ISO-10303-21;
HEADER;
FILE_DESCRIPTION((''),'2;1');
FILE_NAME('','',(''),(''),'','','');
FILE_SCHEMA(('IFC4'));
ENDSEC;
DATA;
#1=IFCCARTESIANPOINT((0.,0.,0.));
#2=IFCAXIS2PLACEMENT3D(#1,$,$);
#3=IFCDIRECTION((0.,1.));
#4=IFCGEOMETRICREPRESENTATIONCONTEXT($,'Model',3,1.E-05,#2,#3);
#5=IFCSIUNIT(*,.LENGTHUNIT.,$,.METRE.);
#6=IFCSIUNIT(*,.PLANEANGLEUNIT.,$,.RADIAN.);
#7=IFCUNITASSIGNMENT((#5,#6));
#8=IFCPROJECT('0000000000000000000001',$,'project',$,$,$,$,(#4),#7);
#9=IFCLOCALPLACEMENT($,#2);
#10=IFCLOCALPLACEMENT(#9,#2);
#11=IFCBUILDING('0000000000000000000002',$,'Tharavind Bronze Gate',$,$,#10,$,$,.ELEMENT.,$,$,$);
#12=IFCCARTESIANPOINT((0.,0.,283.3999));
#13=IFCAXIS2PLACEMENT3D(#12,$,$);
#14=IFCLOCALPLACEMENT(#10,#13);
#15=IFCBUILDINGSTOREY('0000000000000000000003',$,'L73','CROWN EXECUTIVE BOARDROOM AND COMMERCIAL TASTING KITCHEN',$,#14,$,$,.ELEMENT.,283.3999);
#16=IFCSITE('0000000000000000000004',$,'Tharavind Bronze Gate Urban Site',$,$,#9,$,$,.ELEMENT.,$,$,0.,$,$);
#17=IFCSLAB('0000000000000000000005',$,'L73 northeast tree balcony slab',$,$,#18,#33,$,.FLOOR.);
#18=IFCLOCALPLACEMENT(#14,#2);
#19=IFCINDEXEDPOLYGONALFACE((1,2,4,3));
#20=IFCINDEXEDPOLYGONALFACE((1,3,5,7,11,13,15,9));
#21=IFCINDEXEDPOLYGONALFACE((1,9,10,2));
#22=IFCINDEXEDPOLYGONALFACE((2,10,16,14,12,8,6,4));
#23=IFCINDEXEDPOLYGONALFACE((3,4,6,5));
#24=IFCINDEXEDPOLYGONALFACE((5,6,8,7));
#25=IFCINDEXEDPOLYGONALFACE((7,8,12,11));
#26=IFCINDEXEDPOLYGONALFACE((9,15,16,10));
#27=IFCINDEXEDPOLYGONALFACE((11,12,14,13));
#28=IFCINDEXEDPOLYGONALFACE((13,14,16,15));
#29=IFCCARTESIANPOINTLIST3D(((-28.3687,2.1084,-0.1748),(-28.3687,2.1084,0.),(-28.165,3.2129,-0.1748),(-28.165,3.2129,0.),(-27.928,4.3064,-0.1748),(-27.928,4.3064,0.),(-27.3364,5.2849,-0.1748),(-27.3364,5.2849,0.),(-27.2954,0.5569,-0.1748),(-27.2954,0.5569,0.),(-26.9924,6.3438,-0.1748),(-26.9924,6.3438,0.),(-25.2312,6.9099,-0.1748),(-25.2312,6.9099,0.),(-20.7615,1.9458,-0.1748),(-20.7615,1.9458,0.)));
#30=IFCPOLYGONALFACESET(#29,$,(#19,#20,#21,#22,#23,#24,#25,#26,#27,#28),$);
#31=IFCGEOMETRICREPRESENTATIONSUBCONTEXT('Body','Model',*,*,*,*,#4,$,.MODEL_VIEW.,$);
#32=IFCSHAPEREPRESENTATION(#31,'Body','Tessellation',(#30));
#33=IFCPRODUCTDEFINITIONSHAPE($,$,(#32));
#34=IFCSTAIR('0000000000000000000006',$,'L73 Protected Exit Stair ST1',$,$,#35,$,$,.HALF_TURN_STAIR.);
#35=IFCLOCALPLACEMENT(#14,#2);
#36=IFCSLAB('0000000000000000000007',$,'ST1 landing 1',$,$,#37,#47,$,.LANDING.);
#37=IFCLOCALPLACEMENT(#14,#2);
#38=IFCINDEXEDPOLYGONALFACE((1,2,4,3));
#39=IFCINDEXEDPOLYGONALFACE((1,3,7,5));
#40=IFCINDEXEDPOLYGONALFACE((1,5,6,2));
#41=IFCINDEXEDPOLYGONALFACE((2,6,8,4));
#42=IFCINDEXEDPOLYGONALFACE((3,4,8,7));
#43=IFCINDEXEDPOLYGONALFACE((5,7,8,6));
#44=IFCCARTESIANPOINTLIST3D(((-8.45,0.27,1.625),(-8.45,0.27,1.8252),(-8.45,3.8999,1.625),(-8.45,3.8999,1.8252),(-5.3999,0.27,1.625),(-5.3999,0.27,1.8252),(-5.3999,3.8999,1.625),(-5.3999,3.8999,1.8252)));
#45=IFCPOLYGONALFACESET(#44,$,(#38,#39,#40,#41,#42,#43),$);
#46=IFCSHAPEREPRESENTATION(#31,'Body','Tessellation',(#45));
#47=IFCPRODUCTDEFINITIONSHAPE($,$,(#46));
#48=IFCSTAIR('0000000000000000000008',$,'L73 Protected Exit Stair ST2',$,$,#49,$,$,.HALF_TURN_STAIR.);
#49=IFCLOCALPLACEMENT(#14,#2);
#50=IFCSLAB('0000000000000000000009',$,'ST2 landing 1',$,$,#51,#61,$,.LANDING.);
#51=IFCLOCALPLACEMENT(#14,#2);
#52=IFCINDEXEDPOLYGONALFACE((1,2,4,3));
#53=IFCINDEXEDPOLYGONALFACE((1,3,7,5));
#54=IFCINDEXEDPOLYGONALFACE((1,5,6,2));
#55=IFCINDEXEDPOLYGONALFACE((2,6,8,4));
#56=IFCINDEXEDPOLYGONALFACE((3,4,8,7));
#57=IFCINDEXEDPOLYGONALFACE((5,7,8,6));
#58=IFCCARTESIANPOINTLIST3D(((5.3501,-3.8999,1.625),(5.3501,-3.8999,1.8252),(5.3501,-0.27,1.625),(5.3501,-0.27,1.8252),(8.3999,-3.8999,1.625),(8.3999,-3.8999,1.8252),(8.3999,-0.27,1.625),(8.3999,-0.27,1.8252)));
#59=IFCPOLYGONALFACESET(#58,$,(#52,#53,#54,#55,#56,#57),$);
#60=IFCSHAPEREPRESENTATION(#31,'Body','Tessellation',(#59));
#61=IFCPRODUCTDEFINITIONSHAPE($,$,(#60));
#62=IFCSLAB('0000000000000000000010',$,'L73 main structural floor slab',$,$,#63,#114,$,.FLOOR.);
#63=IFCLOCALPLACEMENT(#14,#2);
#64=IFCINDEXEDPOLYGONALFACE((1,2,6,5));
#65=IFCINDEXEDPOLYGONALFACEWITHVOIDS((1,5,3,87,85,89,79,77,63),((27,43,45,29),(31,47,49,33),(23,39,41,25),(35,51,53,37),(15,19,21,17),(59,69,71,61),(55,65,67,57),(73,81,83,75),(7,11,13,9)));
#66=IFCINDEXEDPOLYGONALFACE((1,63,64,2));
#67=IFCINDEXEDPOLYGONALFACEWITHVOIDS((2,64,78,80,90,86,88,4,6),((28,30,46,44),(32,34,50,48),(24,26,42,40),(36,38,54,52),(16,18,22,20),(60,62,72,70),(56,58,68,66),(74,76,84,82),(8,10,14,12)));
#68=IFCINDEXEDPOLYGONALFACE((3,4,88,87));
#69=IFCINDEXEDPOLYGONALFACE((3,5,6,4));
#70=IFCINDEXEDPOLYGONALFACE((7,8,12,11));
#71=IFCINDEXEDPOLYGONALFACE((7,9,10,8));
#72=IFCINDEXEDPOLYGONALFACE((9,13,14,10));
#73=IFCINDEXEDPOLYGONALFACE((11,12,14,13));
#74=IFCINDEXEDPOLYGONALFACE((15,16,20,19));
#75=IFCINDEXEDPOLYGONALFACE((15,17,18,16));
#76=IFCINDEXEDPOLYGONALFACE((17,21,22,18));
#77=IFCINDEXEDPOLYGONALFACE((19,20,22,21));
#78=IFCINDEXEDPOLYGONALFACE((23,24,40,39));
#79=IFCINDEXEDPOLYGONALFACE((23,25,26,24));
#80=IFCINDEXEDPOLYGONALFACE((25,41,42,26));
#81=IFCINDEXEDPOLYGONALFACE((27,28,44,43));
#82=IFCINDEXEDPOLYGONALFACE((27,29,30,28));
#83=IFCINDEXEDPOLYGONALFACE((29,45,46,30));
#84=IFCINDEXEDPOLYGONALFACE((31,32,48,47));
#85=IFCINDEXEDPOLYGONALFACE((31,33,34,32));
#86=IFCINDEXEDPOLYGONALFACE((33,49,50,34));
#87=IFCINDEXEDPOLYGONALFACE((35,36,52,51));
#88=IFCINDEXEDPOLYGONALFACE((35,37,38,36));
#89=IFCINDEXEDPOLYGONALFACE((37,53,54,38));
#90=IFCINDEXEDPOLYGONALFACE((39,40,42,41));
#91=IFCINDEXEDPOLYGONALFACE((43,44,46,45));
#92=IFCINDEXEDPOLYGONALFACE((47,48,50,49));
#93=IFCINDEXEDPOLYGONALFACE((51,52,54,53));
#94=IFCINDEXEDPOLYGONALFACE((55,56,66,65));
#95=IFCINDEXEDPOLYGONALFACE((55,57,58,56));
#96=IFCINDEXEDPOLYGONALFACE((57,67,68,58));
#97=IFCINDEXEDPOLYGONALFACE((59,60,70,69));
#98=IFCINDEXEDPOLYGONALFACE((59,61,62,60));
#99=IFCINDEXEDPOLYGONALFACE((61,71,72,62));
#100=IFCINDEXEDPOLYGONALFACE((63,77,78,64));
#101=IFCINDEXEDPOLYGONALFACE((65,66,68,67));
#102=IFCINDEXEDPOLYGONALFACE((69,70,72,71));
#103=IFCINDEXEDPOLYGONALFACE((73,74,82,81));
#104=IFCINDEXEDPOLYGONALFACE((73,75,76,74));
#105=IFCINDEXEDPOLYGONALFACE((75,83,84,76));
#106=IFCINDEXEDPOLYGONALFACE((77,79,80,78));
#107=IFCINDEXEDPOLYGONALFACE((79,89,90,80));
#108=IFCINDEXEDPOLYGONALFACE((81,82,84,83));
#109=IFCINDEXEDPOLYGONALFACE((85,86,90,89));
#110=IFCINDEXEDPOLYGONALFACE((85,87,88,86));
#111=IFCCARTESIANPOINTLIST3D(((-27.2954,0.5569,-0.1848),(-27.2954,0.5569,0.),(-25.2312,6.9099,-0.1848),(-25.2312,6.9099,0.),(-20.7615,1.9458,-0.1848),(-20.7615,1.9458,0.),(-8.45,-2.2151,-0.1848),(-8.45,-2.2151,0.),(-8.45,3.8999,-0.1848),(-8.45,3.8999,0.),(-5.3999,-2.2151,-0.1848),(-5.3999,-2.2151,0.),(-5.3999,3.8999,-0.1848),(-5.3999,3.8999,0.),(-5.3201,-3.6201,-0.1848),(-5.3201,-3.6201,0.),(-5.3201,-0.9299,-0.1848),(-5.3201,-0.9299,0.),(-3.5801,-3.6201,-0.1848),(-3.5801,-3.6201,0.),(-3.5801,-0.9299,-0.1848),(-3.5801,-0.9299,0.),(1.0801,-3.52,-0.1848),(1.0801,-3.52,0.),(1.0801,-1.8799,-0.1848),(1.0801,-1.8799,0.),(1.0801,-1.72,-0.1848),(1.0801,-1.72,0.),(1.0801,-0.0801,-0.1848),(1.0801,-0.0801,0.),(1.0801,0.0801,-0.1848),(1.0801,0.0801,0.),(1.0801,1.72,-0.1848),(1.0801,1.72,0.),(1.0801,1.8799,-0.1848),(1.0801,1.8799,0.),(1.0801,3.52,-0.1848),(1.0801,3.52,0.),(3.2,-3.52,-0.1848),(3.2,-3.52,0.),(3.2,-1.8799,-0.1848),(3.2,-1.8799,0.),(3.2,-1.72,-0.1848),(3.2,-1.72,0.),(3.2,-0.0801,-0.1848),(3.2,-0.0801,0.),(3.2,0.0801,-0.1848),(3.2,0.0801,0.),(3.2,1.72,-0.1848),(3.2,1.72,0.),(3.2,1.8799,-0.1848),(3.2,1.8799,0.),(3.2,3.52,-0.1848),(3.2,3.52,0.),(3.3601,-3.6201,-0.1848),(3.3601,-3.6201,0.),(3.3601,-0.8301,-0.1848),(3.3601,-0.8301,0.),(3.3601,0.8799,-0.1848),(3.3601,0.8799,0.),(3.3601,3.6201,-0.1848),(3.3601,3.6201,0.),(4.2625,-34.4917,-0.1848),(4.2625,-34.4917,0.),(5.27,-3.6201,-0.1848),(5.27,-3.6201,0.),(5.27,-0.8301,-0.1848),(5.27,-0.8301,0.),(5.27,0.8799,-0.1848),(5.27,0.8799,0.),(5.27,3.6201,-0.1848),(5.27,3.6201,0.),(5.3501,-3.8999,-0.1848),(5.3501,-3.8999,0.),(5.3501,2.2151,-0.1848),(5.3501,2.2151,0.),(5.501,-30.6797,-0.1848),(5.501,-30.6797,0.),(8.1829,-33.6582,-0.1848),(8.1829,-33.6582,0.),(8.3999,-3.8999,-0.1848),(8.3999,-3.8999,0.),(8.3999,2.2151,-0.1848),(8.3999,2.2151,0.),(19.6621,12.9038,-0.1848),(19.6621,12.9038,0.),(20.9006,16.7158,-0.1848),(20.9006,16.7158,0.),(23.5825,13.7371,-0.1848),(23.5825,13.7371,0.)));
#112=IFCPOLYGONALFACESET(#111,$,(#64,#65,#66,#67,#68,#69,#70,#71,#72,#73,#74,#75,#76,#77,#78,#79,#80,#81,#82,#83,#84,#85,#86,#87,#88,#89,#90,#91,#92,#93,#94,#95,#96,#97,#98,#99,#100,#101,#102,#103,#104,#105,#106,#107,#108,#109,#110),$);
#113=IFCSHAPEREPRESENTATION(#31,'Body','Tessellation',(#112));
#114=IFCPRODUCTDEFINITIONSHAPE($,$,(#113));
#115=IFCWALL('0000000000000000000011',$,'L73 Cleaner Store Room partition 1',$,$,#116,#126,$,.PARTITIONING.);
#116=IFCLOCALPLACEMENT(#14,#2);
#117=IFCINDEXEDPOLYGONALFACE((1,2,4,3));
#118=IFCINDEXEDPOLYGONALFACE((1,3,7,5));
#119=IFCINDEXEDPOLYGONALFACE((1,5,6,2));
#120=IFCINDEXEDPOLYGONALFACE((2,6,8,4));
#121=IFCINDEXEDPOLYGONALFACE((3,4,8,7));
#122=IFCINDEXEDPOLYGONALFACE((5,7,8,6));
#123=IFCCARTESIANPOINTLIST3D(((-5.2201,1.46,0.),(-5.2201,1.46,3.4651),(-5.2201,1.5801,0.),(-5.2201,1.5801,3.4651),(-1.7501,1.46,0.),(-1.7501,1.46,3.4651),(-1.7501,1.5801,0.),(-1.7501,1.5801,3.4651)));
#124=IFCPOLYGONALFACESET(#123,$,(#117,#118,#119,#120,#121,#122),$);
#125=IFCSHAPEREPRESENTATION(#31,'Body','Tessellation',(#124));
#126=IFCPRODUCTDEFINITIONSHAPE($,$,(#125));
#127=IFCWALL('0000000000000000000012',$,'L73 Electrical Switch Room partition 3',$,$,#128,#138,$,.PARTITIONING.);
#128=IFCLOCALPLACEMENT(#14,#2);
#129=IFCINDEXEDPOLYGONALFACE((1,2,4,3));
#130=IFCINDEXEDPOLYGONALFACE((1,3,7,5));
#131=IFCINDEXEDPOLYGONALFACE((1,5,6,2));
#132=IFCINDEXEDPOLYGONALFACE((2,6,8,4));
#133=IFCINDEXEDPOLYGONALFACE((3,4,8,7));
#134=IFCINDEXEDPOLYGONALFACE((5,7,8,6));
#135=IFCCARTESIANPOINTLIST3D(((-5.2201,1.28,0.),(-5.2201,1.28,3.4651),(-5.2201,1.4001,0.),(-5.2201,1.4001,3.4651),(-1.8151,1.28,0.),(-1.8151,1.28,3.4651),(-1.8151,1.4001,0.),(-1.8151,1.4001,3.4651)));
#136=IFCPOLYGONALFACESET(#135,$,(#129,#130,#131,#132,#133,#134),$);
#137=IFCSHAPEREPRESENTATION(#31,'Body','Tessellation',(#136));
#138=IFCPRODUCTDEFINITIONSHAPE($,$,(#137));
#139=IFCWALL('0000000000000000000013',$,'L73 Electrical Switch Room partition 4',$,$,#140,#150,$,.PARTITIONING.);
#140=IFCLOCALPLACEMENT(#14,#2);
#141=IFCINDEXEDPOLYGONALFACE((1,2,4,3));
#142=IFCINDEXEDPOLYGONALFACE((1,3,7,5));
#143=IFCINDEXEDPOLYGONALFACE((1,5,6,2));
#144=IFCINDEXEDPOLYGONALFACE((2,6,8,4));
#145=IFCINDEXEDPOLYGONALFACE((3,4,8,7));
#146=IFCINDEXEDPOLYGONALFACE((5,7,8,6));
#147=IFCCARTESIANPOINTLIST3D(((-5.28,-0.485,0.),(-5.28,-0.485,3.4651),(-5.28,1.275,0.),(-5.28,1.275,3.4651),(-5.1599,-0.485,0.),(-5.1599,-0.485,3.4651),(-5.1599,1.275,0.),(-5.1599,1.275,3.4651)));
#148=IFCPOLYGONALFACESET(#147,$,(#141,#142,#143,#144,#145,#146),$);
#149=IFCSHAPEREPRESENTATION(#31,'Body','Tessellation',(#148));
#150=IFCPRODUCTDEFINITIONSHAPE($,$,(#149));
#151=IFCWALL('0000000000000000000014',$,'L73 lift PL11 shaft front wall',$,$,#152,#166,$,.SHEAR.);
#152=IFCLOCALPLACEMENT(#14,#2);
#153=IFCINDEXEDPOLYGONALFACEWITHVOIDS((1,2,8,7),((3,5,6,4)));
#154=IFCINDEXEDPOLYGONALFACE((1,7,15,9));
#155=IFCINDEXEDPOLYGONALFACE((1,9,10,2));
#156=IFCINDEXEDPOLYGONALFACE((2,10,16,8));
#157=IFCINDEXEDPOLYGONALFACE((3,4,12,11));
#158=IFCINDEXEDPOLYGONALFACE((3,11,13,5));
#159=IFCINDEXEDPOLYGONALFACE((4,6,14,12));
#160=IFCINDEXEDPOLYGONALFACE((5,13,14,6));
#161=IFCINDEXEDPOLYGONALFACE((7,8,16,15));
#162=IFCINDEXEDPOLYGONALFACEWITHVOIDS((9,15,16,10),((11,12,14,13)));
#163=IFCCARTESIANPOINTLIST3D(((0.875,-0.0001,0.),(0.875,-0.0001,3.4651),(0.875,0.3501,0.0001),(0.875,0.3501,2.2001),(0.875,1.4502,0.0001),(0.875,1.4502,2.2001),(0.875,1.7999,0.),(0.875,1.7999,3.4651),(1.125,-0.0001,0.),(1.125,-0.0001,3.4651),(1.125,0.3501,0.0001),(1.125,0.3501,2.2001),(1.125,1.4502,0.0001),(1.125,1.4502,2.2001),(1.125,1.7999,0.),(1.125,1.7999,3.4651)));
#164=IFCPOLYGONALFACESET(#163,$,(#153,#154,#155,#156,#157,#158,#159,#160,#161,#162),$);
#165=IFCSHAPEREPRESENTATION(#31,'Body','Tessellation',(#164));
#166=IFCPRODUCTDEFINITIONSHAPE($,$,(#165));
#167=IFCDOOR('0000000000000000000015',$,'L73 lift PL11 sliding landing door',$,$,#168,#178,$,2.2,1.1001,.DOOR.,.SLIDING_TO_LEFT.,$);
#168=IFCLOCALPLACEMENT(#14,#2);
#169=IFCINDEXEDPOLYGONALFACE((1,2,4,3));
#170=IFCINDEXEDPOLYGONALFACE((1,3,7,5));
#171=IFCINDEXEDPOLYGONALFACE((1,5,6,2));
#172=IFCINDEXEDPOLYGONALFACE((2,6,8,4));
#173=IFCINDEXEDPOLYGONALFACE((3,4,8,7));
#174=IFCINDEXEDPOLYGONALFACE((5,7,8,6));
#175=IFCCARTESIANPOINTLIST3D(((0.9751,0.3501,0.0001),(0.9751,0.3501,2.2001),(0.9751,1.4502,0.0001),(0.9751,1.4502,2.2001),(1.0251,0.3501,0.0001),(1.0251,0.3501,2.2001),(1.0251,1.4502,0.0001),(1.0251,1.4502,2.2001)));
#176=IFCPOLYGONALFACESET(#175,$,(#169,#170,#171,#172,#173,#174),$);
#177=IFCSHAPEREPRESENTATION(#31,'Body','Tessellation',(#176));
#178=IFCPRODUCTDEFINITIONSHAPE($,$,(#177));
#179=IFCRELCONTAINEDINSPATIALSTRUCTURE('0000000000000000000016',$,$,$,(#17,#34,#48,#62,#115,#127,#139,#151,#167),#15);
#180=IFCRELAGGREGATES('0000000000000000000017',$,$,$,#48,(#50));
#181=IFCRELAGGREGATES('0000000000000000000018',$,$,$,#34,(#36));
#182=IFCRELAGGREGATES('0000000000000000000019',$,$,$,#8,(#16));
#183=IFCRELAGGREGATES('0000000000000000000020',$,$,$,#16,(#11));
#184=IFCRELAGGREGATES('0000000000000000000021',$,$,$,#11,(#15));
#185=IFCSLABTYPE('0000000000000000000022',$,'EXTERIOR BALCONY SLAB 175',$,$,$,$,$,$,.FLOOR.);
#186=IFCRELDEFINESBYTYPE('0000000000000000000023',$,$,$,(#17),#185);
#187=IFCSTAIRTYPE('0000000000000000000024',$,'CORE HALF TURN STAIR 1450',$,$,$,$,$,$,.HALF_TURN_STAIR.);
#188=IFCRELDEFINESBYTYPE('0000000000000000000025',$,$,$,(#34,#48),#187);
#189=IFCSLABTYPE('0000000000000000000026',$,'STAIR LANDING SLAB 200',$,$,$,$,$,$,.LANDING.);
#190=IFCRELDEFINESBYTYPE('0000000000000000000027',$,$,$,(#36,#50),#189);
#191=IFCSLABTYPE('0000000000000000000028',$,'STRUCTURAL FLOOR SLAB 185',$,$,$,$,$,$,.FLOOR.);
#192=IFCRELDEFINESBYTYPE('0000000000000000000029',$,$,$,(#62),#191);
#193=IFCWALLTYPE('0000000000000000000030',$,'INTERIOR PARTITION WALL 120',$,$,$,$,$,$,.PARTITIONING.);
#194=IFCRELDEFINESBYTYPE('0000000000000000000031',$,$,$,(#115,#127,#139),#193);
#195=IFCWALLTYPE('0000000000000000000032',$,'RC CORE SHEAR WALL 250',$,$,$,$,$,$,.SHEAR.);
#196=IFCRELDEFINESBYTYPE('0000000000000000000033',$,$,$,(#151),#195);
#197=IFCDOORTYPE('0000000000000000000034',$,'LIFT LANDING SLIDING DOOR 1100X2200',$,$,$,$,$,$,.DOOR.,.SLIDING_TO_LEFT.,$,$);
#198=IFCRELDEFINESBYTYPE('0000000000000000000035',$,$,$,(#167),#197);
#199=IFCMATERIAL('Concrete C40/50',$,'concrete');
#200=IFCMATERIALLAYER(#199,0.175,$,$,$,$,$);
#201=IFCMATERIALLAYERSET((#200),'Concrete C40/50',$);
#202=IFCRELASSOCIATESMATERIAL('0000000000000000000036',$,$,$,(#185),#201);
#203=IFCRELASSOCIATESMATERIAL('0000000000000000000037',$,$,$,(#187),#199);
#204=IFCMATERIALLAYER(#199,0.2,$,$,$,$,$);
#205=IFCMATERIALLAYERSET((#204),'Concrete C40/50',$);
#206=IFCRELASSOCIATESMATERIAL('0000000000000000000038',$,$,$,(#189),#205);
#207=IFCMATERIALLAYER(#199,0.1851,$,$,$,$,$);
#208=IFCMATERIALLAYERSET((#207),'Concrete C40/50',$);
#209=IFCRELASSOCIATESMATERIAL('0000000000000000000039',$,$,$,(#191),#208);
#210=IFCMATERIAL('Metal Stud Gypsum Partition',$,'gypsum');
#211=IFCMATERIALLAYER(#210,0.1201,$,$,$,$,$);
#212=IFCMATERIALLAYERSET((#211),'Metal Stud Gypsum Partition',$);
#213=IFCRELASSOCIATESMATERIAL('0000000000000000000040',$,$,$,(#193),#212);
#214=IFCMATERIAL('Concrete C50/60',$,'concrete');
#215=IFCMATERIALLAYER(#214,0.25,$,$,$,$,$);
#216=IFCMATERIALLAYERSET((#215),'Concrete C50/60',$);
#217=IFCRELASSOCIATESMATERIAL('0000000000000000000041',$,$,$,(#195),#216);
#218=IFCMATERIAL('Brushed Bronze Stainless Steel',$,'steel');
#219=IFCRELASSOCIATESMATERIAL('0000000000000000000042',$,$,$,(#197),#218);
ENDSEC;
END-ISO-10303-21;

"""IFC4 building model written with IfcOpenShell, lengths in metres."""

from ifc_helpers import new_model, si_unit, direction, frame, frame_2d, origin, place, context, subcontext, project, spatial, polyline, rectangle, outline, extrude, material, layer, layer_set, type_object, element, fill, aggregate, save


model = new_model("IFC4")

# Units and contexts
model_context = context("Model", 3, precision=1e-05, world=origin(), true_north=direction((0.0, 1.0)))
body_context = subcontext(model_context, "Body", "Model", "MODEL_VIEW")
ifc_project = project(units=[si_unit("LENGTHUNIT", "METRE"), si_unit("PLANEANGLEUNIT", "RADIAN")], contexts=[model_context])

# Site, building, storey
site_placement = place(None, origin())
site = spatial("IfcSite", under=ifc_project, at=site_placement, Name="Tharavind Bronze Gate Urban Site", CompositionType="ELEMENT", RefElevation=0.0)
building_placement = place(site_placement, origin())
building = spatial("IfcBuilding", under=site, at=building_placement, Name="Tharavind Bronze Gate", CompositionType="ELEMENT")
storey_placement = place(building_placement, frame((0.0, 0.0, 283.3999)))
storey = spatial("IfcBuildingStorey", under=building, at=storey_placement, Name="L73", Description="CROWN EXECUTIVE BOARDROOM AND COMMERCIAL TASTING KITCHEN", CompositionType="ELEMENT", Elevation=283.3999)

# Slab
ifc_material_1 = material(Name="Concrete C40/50", Category="concrete")
ifc_layer_1 = layer(ifc_material_1, 0.175)
ifc_layer_set_1 = layer_set([ifc_layer_1], Name="Concrete C40/50")
slab_type_1 = type_object("IfcSlabType", Name="EXTERIOR BALCONY SLAB 175", PredefinedType="FLOOR", material=ifc_layer_set_1)
slab_1_placement = place(storey_placement, frame((0.0, 0.0, -0.1748)))
element("IfcSlab", 1, at=slab_1_placement, inside=storey, type_object=slab_type_1, Name="L73 northeast tree balcony slab", PredefinedType="FLOOR", context=body_context, shape_type="SweptSolid", body=[
    extrude(outline(polyline([(-26.9924, 6.3438), (-27.3364, 5.2849), (-27.928, 4.3064), (-28.165, 3.2129), (-28.3687, 2.1084), (-27.2954, 0.5569), (-20.7615, 1.9458), (-25.2312, 6.9099), (-26.9924, 6.3438)])), origin(), (0.0, 0.0, 1.0), 0.1748),
])

# Stairs, slabs
stair_type = type_object("IfcStairType", Name="CORE HALF TURN STAIR 1450", PredefinedType="HALF_TURN_STAIR", material=ifc_material_1)
stair_1_placement = place(storey_placement, origin())
stair_1 = element("IfcStair", 2, at=stair_1_placement, inside=storey, type_object=stair_type, Name="L73 Protected Exit Stair ST1", PredefinedType="HALF_TURN_STAIR")
ifc_layer_2 = layer(ifc_material_1, 0.2)
ifc_layer_set_2 = layer_set([ifc_layer_2], Name="Concrete C40/50")
slab_type_2 = type_object("IfcSlabType", Name="STAIR LANDING SLAB 200", PredefinedType="LANDING", material=ifc_layer_set_2)
slab_2_placement = place(storey_placement, frame((0.0, 0.0, 1.625)))
slab_2 = element("IfcSlab", 3, at=slab_2_placement, type_object=slab_type_2, Name="ST1 landing 1", PredefinedType="LANDING", context=body_context, shape_type="SweptSolid", body=[
    extrude(outline(polyline([(-5.3999, 0.27), (-5.3999, 3.8999), (-8.45, 3.8999), (-8.45, 0.27), (-5.3999, 0.27)])), origin(), (0.0, 0.0, 1.0), 0.2002),
])
stair_2_placement = place(storey_placement, origin())
stair_2 = element("IfcStair", 4, at=stair_2_placement, inside=storey, type_object=stair_type, Name="L73 Protected Exit Stair ST2", PredefinedType="HALF_TURN_STAIR")
slab_3_placement = place(storey_placement, frame((0.0, 0.0, 1.625)))
slab_3 = element("IfcSlab", 5, at=slab_3_placement, type_object=slab_type_2, Name="ST2 landing 1", PredefinedType="LANDING", context=body_context, shape_type="SweptSolid", body=[
    extrude(outline(polyline([(5.3501, -0.27), (5.3501, -3.8999), (8.3999, -3.8999), (8.3999, -0.27), (5.3501, -0.27)])), origin(), (0.0, 0.0, 1.0), 0.2002),
])
aggregate(stair_2, [slab_3])

# Slab
ifc_layer_3 = layer(ifc_material_1, 0.1851)
ifc_layer_set_3 = layer_set([ifc_layer_3], Name="Concrete C40/50")
slab_type_3 = type_object("IfcSlabType", Name="STRUCTURAL FLOOR SLAB 185", PredefinedType="FLOOR", material=ifc_layer_set_3)
slab_4_placement = place(storey_placement, frame((0.0, 0.0, -0.1848)))
element("IfcSlab", 6, at=slab_4_placement, inside=storey, type_object=slab_type_3, Name="L73 main structural floor slab", PredefinedType="FLOOR", context=body_context, shape_type="SweptSolid", body=[
    extrude(outline(polyline([(-25.2312, 6.9099), (-20.7615, 1.9458), (-27.2954, 0.5569), (4.2625, -34.4917), (5.501, -30.6797), (8.1829, -33.6582), (23.5825, 13.7371), (19.6621, 12.9038), (20.9006, 16.7158), (-25.2312, 6.9099)]), holes=[polyline([(-5.3999, -2.2151), (-5.3999, 3.8999), (-8.45, 3.8999), (-8.45, -2.2151), (-5.3999, -2.2151)]), polyline([(5.3501, 2.2151), (5.3501, -3.8999), (8.3999, -3.8999), (8.3999, 2.2151), (5.3501, 2.2151)]), polyline([(1.0801, -3.52), (3.2, -3.52), (3.2, -1.8799), (1.0801, -1.8799), (1.0801, -3.52)]), polyline([(1.0801, -1.72), (3.2, -1.72), (3.2, -0.0801), (1.0801, -0.0801), (1.0801, -1.72)]), polyline([(1.0801, 0.0801), (3.2, 0.0801), (3.2, 1.72), (1.0801, 1.72), (1.0801, 0.0801)]), polyline([(1.0801, 1.8799), (3.2, 1.8799), (3.2, 3.52), (1.0801, 3.52), (1.0801, 1.8799)]), polyline([(-5.3201, -3.6201), (-3.5801, -3.6201), (-3.5801, -0.9299), (-5.3201, -0.9299), (-5.3201, -3.6201)]), polyline([(3.3601, 0.8799), (5.27, 0.8799), (5.27, 3.6201), (3.3601, 3.6201), (3.3601, 0.8799)]), polyline([(3.3601, -3.6201), (5.27, -3.6201), (5.27, -0.8301), (3.3601, -0.8301), (3.3601, -3.6201)])]), origin(), (0.0, 0.0, 1.0), 0.1848),
])

# Walls
ifc_material_2 = material(Name="Metal Stud Gypsum Partition", Category="gypsum")
ifc_layer_4 = layer(ifc_material_2, 0.1201)
ifc_layer_set_4 = layer_set([ifc_layer_4], Name="Metal Stud Gypsum Partition")
wall_type_1 = type_object("IfcWallType", Name="INTERIOR PARTITION WALL 120", PredefinedType="PARTITIONING", material=ifc_layer_set_4)
wall_1_placement = place(storey_placement, frame((-5.22, 1.52, 0.0), z_axis=(0.0, 0.0, 1.0), x_axis=(1.0, 0.0, 0.0)))
element("IfcWall", 7, at=wall_1_placement, inside=storey, type_object=wall_type_1, Name="L73 Cleaner Store Room partition 1", PredefinedType="PARTITIONING", context=body_context, shape_type="SweptSolid", body=[
    extrude(rectangle(XDim=3.47, YDim=0.1201, at=frame_2d((1.7349, 0.0))), origin(), (0.0, 0.0, 1.0), 3.4651),
])
wall_2_placement = place(storey_placement, frame((-1.8149, 1.3401, 0.0), z_axis=(0.0, 0.0, 1.0), x_axis=(-1.0, 0.0, 0.0)))
element("IfcWall", 8, at=wall_2_placement, inside=storey, type_object=wall_type_1, Name="L73 Electrical Switch Room partition 3", PredefinedType="PARTITIONING", context=body_context, shape_type="SweptSolid", body=[
    extrude(rectangle(XDim=3.405, YDim=0.1201, at=frame_2d((1.7026, 0.0))), origin(), (0.0, 0.0, 1.0), 3.4651),
])
wall_3_placement = place(storey_placement, frame((-5.22, 1.2749, 0.0), z_axis=(0.0, 0.0, 1.0), x_axis=(0.0, -1.0, 0.0)))
element("IfcWall", 9, at=wall_3_placement, inside=storey, type_object=wall_type_1, Name="L73 Electrical Switch Room partition 4", PredefinedType="PARTITIONING", context=body_context, shape_type="SweptSolid", body=[
    extrude(rectangle(XDim=1.76, YDim=0.1201, at=frame_2d((0.8799, 0.0))), origin(), (0.0, 0.0, 1.0), 3.4651),
])

# Wall, opening, door
ifc_material_3 = material(Name="Concrete C50/60", Category="concrete")
ifc_layer_5 = layer(ifc_material_3, 0.25)
ifc_layer_set_5 = layer_set([ifc_layer_5], Name="Concrete C50/60")
wall_type_2 = type_object("IfcWallType", Name="RC CORE SHEAR WALL 250", PredefinedType="SHEAR", material=ifc_layer_set_5)
wall_4_placement = place(storey_placement, frame((1.0, 0.0, 0.0), z_axis=(0.0, 0.0, 1.0), x_axis=(0.0, 1.0, 0.0)))
wall_4 = element("IfcWall", 10, at=wall_4_placement, inside=storey, type_object=wall_type_2, Name="L73 lift PL11 shaft front wall", PredefinedType="SHEAR", context=body_context, shape_type="SweptSolid", body=[
    extrude(rectangle(XDim=1.8, YDim=0.25, at=frame_2d((0.8999, 0.0))), origin(), (0.0, 0.0, 1.0), 3.4651),
])
opening_placement = place(wall_4_placement, frame((0.3501, 0.0, 0.0)))
opening = element("IfcOpeningElement", 11, at=opening_placement, cuts=wall_4, PredefinedType="OPENING", context=body_context, shape_type="SweptSolid", body=[
    extrude(rectangle(XDim=1.1001, YDim=2.2, at=frame_2d((0.55, 1.1001))), frame((0.0, 0.135, 0.0), z_axis=(0.0, -1.0, 0.0), x_axis=(1.0, 0.0, 0.0)), (0.0, 0.0, 1.0), 0.27),
])
ifc_material_4 = material(Name="Brushed Bronze Stainless Steel", Category="steel")
door_type = type_object("IfcDoorType", Name="LIFT LANDING SLIDING DOOR 1100X2200", OperationType="SLIDING_TO_LEFT", PredefinedType="DOOR", material=ifc_material_4)
door_placement = place(opening_placement, origin())
door = element("IfcDoor", 12, at=door_placement, inside=storey, type_object=door_type, Name="L73 lift PL11 sliding landing door", OperationType="SLIDING_TO_LEFT", OverallHeight=2.2, OverallWidth=1.1001, PredefinedType="DOOR", context=body_context, shape_type="SweptSolid", body=[
    extrude(rectangle(XDim=1.1001, YDim=2.2, at=frame_2d((0.55, 1.1001))), frame((0.0, 0.0249, 0.0), z_axis=(0.0, -1.0, 0.0), x_axis=(1.0, 0.0, 0.0)), (0.0, 0.0, 1.0), 0.05),
])
fill(opening, door)

aggregate(stair_1, [slab_2])

save(model, "model.ifc")
